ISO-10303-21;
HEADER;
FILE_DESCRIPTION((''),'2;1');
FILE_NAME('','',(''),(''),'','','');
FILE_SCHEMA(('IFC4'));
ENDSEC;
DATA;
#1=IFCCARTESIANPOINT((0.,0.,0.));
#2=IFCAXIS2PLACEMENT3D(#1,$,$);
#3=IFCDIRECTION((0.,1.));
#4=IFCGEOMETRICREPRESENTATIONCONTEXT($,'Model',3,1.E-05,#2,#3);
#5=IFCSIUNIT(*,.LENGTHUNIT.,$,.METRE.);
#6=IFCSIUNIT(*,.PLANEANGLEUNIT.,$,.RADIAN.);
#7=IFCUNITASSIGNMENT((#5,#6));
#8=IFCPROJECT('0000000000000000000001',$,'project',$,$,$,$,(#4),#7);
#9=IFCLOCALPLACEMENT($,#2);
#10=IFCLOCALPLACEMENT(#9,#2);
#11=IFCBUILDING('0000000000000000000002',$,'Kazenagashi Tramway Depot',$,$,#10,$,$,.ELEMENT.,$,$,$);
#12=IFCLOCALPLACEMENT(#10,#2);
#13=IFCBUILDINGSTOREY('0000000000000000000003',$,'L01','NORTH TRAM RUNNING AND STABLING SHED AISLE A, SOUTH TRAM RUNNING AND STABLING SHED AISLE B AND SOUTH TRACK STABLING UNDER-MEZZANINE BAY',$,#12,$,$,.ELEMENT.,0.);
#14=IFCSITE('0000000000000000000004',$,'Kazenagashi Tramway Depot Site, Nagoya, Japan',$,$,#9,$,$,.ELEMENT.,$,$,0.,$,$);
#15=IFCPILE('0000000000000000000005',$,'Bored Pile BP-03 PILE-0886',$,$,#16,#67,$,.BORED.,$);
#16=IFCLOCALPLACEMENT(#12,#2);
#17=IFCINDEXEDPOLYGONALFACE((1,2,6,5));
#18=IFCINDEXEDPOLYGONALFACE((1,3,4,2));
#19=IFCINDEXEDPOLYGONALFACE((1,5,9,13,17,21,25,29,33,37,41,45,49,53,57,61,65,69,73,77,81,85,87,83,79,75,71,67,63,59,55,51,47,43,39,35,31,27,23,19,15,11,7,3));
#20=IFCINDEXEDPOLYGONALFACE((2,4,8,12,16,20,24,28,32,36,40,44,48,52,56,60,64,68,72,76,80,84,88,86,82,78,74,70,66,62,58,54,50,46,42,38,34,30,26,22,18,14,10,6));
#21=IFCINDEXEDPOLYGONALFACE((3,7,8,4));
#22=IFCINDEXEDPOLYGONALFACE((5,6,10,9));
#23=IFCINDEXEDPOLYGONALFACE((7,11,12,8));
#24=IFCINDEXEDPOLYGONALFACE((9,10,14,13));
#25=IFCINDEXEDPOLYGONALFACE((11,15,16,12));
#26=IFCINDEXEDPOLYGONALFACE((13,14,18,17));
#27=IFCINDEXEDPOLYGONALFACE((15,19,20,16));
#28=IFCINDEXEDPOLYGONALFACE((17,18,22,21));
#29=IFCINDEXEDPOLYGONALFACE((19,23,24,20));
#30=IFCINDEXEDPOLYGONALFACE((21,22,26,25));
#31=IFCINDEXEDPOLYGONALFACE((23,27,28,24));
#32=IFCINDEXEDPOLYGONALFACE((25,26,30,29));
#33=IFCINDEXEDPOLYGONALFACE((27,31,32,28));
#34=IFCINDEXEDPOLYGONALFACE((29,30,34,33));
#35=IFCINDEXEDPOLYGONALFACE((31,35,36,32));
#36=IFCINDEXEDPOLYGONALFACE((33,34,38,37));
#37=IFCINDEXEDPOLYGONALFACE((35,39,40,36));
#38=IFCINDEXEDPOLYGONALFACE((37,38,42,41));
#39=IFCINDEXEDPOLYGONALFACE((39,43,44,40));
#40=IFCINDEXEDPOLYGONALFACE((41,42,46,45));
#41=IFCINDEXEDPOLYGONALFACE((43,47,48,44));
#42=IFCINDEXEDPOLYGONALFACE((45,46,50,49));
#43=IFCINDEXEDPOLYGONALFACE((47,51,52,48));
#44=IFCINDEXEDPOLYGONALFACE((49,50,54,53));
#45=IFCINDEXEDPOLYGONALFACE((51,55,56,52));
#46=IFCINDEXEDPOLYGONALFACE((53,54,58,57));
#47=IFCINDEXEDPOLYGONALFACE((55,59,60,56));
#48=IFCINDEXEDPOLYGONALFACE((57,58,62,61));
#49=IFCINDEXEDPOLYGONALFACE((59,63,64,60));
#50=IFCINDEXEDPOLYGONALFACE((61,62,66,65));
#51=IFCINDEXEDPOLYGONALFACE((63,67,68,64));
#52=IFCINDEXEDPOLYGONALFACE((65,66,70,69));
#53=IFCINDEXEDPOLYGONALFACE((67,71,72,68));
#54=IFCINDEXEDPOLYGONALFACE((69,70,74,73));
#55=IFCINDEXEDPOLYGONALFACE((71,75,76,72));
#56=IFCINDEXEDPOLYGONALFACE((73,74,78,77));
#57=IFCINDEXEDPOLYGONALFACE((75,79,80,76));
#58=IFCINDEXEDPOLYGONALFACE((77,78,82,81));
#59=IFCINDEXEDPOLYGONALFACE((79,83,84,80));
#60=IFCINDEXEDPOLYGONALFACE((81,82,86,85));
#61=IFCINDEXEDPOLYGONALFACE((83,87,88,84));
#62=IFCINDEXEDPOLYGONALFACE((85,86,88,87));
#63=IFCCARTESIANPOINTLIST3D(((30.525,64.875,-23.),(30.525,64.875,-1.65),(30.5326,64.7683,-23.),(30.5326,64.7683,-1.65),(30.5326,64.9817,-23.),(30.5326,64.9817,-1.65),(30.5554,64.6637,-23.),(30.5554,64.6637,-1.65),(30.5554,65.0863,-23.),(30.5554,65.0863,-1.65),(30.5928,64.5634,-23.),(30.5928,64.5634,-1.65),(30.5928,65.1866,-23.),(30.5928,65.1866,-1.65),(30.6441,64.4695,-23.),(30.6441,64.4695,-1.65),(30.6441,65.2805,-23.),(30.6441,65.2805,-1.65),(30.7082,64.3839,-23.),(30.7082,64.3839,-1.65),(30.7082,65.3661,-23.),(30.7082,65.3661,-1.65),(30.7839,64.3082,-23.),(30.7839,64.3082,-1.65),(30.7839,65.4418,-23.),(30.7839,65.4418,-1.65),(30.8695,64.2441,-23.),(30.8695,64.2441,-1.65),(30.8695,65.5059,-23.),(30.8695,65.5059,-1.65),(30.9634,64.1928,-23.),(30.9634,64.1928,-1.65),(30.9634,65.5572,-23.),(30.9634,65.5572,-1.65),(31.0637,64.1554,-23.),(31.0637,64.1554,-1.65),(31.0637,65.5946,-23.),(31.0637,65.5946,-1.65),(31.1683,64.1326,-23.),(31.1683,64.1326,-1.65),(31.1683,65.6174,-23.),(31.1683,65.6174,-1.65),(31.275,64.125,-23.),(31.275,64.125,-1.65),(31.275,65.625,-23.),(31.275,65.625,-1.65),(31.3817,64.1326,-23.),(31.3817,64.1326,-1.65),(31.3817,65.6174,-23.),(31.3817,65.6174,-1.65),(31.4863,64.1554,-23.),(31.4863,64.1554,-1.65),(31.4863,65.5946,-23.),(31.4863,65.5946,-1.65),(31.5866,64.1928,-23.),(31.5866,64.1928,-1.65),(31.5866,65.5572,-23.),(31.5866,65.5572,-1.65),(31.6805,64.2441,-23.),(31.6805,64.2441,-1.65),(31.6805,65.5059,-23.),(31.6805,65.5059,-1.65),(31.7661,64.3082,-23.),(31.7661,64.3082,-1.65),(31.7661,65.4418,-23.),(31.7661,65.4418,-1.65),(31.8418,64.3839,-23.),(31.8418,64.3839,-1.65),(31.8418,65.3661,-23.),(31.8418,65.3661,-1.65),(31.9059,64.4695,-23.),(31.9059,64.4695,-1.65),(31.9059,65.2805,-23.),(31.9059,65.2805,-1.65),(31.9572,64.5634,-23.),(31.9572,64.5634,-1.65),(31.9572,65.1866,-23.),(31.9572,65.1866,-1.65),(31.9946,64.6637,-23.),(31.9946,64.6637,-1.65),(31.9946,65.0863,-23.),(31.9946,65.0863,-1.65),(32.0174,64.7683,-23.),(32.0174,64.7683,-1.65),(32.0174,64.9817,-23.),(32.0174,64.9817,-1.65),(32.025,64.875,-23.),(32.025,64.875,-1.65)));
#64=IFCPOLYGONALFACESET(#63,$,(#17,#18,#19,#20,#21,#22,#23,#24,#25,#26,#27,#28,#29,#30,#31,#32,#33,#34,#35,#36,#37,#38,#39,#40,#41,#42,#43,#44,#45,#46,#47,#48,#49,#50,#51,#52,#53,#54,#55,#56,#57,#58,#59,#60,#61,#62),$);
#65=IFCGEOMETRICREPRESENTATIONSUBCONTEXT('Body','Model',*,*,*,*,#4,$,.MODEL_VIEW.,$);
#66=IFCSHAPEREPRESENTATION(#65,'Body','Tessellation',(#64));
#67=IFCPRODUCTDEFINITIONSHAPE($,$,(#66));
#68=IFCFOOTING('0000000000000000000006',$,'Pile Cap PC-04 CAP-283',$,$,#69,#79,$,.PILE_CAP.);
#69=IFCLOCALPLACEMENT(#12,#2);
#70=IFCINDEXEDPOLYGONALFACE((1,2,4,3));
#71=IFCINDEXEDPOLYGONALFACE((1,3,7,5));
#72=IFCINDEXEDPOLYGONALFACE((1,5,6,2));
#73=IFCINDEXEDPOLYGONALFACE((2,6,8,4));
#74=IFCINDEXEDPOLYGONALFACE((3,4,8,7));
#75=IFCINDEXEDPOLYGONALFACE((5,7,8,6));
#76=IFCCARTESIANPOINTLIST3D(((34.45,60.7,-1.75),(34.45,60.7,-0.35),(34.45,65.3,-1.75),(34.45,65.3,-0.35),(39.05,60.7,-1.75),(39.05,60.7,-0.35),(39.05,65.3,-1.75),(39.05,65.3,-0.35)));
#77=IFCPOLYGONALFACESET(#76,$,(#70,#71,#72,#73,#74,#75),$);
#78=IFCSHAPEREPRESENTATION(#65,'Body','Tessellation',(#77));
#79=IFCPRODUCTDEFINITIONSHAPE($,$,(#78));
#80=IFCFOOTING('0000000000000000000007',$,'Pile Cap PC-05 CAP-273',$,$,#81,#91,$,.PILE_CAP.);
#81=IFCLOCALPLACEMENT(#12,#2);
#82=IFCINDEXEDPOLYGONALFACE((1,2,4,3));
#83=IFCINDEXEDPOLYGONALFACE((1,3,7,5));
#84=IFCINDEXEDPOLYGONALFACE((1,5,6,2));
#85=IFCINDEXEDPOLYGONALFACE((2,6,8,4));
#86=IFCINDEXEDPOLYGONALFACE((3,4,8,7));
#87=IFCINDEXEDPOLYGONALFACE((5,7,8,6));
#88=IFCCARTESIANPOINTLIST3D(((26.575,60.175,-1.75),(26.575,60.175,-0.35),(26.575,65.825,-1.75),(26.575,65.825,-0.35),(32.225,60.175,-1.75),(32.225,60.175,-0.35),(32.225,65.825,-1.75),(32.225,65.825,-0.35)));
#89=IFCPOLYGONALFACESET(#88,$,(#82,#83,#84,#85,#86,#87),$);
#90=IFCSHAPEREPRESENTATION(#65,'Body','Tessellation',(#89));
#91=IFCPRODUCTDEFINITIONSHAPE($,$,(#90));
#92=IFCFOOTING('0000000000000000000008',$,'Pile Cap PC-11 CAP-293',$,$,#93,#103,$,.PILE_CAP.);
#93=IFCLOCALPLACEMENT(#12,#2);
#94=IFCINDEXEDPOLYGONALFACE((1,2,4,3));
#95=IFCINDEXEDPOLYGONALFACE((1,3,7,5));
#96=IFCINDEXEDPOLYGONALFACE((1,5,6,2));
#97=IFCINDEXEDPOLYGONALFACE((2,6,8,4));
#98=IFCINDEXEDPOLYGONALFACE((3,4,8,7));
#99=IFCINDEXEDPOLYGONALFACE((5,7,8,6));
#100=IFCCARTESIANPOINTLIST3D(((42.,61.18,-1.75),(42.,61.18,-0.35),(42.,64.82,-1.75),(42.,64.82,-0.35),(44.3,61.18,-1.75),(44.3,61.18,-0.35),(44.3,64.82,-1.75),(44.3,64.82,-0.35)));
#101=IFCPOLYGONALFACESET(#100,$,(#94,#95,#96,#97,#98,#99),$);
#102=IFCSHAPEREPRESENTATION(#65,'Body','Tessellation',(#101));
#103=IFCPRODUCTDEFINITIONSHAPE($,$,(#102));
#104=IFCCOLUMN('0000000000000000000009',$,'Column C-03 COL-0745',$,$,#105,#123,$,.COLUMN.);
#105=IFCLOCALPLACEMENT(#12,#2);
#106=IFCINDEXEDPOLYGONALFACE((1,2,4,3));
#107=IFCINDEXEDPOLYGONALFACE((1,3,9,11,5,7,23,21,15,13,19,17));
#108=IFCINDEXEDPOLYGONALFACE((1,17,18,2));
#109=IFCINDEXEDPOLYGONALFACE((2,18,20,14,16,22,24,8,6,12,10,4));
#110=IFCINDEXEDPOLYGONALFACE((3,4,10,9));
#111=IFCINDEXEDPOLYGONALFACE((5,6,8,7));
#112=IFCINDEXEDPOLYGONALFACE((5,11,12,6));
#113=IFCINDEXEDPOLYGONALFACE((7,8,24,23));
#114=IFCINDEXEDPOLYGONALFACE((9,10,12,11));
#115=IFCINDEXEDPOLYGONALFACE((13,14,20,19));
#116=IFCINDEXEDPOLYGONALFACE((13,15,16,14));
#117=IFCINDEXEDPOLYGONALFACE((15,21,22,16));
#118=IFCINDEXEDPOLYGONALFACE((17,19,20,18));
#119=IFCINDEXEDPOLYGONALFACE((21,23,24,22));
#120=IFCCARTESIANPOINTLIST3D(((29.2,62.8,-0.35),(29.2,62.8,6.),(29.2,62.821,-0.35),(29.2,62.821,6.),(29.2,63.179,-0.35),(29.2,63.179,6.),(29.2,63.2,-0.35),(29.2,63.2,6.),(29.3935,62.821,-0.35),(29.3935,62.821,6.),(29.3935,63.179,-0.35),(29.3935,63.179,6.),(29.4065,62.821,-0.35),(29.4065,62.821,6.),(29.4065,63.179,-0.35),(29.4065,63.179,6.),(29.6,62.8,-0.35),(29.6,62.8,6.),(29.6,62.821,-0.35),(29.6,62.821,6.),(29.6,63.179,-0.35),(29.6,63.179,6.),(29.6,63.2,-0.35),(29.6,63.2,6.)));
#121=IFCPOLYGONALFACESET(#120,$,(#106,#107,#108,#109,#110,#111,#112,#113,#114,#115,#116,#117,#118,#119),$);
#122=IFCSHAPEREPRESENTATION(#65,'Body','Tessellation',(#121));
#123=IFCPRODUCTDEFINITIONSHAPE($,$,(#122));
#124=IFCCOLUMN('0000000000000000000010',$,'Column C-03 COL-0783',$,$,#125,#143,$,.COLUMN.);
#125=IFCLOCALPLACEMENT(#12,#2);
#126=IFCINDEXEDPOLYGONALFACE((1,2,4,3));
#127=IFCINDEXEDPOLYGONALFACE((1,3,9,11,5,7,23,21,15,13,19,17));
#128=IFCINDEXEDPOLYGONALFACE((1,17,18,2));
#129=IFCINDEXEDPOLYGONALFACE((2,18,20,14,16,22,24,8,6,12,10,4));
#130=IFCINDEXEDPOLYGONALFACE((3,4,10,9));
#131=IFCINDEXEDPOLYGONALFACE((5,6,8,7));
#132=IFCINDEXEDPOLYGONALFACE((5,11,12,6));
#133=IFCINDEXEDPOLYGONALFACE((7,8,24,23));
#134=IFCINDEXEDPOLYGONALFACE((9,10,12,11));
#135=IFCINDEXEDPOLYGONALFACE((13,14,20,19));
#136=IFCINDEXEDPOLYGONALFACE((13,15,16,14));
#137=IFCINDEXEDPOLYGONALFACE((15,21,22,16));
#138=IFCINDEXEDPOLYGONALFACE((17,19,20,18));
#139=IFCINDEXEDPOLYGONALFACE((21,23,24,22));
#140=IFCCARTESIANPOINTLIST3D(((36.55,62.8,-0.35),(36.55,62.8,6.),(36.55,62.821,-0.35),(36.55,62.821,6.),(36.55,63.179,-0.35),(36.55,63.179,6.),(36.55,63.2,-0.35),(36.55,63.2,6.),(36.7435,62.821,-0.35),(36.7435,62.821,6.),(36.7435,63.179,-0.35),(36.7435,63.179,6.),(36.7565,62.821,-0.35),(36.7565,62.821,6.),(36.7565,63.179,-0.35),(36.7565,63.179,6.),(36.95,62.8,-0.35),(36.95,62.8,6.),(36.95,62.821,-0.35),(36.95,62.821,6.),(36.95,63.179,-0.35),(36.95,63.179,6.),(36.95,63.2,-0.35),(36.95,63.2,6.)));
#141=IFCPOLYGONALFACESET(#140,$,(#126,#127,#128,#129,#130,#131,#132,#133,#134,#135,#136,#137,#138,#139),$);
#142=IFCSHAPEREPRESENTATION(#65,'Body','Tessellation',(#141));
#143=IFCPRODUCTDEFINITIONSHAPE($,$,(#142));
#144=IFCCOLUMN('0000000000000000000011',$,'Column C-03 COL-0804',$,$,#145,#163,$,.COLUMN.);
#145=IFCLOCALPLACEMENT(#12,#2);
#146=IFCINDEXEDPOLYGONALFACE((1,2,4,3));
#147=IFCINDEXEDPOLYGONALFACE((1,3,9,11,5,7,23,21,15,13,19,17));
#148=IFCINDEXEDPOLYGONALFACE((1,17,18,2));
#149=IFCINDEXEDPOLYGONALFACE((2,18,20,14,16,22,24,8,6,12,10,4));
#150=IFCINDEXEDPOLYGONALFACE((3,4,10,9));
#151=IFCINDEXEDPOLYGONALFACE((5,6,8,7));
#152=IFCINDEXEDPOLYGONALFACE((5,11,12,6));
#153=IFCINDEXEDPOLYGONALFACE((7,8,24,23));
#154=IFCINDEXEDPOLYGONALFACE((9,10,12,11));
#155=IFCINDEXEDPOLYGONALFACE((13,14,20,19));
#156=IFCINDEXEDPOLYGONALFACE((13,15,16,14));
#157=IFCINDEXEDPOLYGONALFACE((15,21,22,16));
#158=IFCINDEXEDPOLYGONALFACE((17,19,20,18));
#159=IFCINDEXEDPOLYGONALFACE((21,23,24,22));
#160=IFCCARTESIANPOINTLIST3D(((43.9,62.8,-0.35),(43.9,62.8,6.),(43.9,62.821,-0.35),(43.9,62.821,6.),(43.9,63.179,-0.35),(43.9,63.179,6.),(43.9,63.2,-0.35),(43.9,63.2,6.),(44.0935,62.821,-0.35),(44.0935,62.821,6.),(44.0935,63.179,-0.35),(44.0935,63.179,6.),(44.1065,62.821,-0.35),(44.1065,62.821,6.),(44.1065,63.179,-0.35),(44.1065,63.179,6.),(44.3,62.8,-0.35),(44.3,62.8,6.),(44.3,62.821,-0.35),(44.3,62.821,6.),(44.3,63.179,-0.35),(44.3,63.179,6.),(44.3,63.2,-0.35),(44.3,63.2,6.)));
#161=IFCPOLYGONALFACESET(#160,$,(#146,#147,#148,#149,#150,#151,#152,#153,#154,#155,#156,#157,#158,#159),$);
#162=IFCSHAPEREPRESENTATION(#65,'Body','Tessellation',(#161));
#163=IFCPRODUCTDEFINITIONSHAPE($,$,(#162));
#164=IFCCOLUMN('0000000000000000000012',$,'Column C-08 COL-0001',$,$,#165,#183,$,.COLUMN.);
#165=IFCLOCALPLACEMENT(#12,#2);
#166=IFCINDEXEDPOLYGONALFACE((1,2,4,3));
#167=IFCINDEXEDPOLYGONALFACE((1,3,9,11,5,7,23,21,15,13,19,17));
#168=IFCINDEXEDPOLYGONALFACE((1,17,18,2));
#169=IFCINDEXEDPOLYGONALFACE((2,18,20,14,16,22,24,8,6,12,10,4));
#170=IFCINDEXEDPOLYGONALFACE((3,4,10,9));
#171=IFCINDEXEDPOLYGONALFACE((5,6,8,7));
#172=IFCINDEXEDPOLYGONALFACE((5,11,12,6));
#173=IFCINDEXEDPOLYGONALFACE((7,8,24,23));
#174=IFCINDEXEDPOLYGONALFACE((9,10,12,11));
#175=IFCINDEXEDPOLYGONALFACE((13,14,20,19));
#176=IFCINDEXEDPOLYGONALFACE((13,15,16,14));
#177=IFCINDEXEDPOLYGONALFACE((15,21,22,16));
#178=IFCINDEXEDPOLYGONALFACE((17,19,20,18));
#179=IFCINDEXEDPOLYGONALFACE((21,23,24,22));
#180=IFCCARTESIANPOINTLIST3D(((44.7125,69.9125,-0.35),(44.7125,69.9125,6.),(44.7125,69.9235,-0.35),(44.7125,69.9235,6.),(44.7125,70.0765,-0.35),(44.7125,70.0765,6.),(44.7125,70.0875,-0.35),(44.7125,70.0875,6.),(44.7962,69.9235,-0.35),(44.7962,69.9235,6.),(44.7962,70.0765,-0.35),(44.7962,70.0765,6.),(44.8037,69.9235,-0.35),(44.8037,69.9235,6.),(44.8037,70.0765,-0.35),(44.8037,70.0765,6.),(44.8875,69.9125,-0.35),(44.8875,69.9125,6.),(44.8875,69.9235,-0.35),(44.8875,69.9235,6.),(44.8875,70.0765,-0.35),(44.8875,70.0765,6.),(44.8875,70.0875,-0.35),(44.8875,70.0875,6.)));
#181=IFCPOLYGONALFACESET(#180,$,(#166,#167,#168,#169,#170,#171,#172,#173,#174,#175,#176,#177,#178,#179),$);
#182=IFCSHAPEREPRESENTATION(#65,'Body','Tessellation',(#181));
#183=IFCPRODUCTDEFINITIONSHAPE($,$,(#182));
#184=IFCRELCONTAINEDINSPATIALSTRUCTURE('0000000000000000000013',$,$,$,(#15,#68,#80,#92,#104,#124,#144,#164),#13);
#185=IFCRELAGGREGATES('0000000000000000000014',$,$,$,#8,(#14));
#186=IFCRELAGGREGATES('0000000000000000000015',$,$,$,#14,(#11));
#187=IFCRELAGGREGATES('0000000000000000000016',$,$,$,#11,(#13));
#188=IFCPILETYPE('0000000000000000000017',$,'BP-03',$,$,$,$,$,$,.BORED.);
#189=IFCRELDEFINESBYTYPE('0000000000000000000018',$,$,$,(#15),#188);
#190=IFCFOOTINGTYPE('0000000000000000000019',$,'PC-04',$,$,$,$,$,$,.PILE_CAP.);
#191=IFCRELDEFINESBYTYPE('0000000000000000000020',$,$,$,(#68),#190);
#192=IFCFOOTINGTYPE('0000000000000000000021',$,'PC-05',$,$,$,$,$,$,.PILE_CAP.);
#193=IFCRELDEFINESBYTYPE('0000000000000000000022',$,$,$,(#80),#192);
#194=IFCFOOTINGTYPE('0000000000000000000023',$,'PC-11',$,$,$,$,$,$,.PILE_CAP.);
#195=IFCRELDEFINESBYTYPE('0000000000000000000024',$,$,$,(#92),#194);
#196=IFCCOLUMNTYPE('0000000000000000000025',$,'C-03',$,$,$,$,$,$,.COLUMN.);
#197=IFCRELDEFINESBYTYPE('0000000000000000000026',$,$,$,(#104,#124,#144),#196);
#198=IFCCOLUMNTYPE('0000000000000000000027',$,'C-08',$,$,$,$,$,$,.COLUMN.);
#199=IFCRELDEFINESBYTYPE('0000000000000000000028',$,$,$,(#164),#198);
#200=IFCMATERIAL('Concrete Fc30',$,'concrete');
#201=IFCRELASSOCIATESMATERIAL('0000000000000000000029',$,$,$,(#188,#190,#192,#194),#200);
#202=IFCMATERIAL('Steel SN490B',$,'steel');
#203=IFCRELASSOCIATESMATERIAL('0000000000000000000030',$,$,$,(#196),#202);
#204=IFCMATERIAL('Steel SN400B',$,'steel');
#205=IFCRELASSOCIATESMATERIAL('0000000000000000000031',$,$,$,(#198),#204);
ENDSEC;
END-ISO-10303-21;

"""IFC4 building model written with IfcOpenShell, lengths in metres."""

from ifc_helpers import new_model, si_unit, direction, frame, origin, origin_2d, place, context, subcontext, project, spatial, rectangle, circle, i_section, extrude, material, material_profile, profile_set, type_object, element, save


model = new_model("IFC4")

# Units and contexts
model_context = context("Model", 3, precision=1e-05, world=origin(), true_north=direction((0.0, 1.0)))
body_context = subcontext(model_context, "Body", "Model", "MODEL_VIEW")
ifc_project = project(units=[si_unit("LENGTHUNIT", "METRE"), si_unit("PLANEANGLEUNIT", "RADIAN")], contexts=[model_context])

# Site, building, storey
site_placement = place(None, origin())
site = spatial("IfcSite", under=ifc_project, at=site_placement, Name="Kazenagashi Tramway Depot Site, Nagoya, Japan", CompositionType="ELEMENT", RefElevation=0.0)
building_placement = place(site_placement, origin())
building = spatial("IfcBuilding", under=site, at=building_placement, Name="Kazenagashi Tramway Depot", CompositionType="ELEMENT")
storey_placement = place(building_placement, origin())
storey = spatial("IfcBuildingStorey", under=building, at=storey_placement, Name="L01", Description="NORTH TRAM RUNNING AND STABLING SHED AISLE A, SOUTH TRAM RUNNING AND STABLING SHED AISLE B AND SOUTH TRACK STABLING UNDER-MEZZANINE BAY", CompositionType="ELEMENT", Elevation=0.0)

# Pile
ifc_material_1 = material(Name="Concrete Fc30", Category="concrete")
ifc_material_profile_1 = material_profile(ifc_material_1, circle(Radius=0.75, at=origin_2d()), Name="PILE-1500")
ifc_profile_set_1 = profile_set([ifc_material_profile_1], Name="Concrete Fc30")
pile_type_1 = type_object("IfcPileType", Name="BP-03", PredefinedType="BORED", material=ifc_profile_set_1)
for number, where, z_axis, x_axis, name in (
    (1, (31.275, 64.875, -1.65), (0.0, 0.0, -1.0), (1.0, 0.0, 0.0), "Bored Pile BP-03 PILE-0886"),
):
    element("IfcPile", number, at=place(storey_placement, frame(where, z_axis=z_axis, x_axis=x_axis)), inside=storey, type_object=pile_type_1, Name=name, PredefinedType="BORED", context=body_context, shape_type="SweptSolid", body=[
        extrude(circle(Radius=0.75, at=origin_2d()), origin(), (0.0, 0.0, 1.0), 21.35),
    ])

# Footings
footing_type_1 = type_object("IfcFootingType", Name="PC-04", PredefinedType="PILE_CAP", material=ifc_material_1)
footing_1_placement = place(storey_placement, frame((36.75, 63.0, -1.75), z_axis=(0.0, 0.0, 1.0), x_axis=(1.0, 0.0, 0.0)))
element("IfcFooting", 2, at=footing_1_placement, inside=storey, type_object=footing_type_1, Name="Pile Cap PC-04 CAP-283", PredefinedType="PILE_CAP", context=body_context, shape_type="SweptSolid", body=[
    extrude(rectangle(XDim=4.6, YDim=4.6, at=origin_2d()), origin(), (0.0, 0.0, 1.0), 1.4),
])
footing_type_2 = type_object("IfcFootingType", Name="PC-05", PredefinedType="PILE_CAP", material=ifc_material_1)
footing_2_placement = place(storey_placement, frame((29.4, 63.0, -1.75), z_axis=(0.0, 0.0, 1.0), x_axis=(1.0, 0.0, 0.0)))
element("IfcFooting", 3, at=footing_2_placement, inside=storey, type_object=footing_type_2, Name="Pile Cap PC-05 CAP-273", PredefinedType="PILE_CAP", context=body_context, shape_type="SweptSolid", body=[
    extrude(rectangle(XDim=5.65, YDim=5.65, at=origin_2d()), origin(), (0.0, 0.0, 1.0), 1.4),
])
footing_type_3 = type_object("IfcFootingType", Name="PC-11", PredefinedType="PILE_CAP", material=ifc_material_1)
footing_3_placement = place(storey_placement, frame((43.15, 63.0, -1.75), z_axis=(0.0, 0.0, 1.0), x_axis=(1.0, 0.0, 0.0)))
element("IfcFooting", 4, at=footing_3_placement, inside=storey, type_object=footing_type_3, Name="Pile Cap PC-11 CAP-293", PredefinedType="PILE_CAP", context=body_context, shape_type="SweptSolid", body=[
    extrude(rectangle(XDim=2.3, YDim=3.64, at=origin_2d()), origin(), (0.0, 0.0, 1.0), 1.4),
])

# Columns
ifc_material_2 = material(Name="Steel SN490B", Category="steel")
ifc_material_profile_2 = material_profile(ifc_material_2, i_section(OverallWidth=0.4, OverallDepth=0.4, WebThickness=0.013, FlangeThickness=0.021, at=origin_2d()), Name="H-400x400x13x21")
ifc_profile_set_2 = profile_set([ifc_material_profile_2], Name="Steel SN490B")
column_type_1 = type_object("IfcColumnType", Name="C-03", PredefinedType="COLUMN", material=ifc_profile_set_2)
for number, where, z_axis, x_axis, name in (
    (5, (29.4, 63.0, -0.35), (0.0, 0.0, 1.0), (1.0, 0.0, 0.0), "Column C-03 COL-0745"),
    (6, (36.75, 63.0, -0.35), (0.0, 0.0, 1.0), (1.0, 0.0, 0.0), "Column C-03 COL-0783"),
    (7, (44.1, 63.0, -0.35), (0.0, 0.0, 1.0), (1.0, 0.0, 0.0), "Column C-03 COL-0804"),
):
    element("IfcColumn", number, at=place(storey_placement, frame(where, z_axis=z_axis, x_axis=x_axis)), inside=storey, type_object=column_type_1, Name=name, PredefinedType="COLUMN", context=body_context, shape_type="SweptSolid", body=[
        extrude(i_section(OverallWidth=0.4, OverallDepth=0.4, WebThickness=0.013, FlangeThickness=0.021, at=origin_2d()), origin(), (0.0, 0.0, 1.0), 6.35),
    ])
ifc_material_3 = material(Name="Steel SN400B", Category="steel")
ifc_material_profile_3 = material_profile(ifc_material_3, i_section(OverallWidth=0.175, OverallDepth=0.175, WebThickness=0.0075, FlangeThickness=0.011, at=origin_2d()), Name="H-175x175x7.5x11")
ifc_profile_set_3 = profile_set([ifc_material_profile_3], Name="Steel SN400B")
column_type_2 = type_object("IfcColumnType", Name="C-08", PredefinedType="COLUMN", material=ifc_profile_set_3)
column_placement = place(storey_placement, frame((44.8, 70.0, -0.35), z_axis=(0.0, 0.0, 1.0), x_axis=(1.0, 0.0, 0.0)))
element("IfcColumn", 8, at=column_placement, inside=storey, type_object=column_type_2, Name="Column C-08 COL-0001", PredefinedType="COLUMN", context=body_context, shape_type="SweptSolid", body=[
    extrude(i_section(OverallWidth=0.175, OverallDepth=0.175, WebThickness=0.0075, FlangeThickness=0.011, at=origin_2d()), origin(), (0.0, 0.0, 1.0), 6.35),
])

save(model, "model.ifc")
